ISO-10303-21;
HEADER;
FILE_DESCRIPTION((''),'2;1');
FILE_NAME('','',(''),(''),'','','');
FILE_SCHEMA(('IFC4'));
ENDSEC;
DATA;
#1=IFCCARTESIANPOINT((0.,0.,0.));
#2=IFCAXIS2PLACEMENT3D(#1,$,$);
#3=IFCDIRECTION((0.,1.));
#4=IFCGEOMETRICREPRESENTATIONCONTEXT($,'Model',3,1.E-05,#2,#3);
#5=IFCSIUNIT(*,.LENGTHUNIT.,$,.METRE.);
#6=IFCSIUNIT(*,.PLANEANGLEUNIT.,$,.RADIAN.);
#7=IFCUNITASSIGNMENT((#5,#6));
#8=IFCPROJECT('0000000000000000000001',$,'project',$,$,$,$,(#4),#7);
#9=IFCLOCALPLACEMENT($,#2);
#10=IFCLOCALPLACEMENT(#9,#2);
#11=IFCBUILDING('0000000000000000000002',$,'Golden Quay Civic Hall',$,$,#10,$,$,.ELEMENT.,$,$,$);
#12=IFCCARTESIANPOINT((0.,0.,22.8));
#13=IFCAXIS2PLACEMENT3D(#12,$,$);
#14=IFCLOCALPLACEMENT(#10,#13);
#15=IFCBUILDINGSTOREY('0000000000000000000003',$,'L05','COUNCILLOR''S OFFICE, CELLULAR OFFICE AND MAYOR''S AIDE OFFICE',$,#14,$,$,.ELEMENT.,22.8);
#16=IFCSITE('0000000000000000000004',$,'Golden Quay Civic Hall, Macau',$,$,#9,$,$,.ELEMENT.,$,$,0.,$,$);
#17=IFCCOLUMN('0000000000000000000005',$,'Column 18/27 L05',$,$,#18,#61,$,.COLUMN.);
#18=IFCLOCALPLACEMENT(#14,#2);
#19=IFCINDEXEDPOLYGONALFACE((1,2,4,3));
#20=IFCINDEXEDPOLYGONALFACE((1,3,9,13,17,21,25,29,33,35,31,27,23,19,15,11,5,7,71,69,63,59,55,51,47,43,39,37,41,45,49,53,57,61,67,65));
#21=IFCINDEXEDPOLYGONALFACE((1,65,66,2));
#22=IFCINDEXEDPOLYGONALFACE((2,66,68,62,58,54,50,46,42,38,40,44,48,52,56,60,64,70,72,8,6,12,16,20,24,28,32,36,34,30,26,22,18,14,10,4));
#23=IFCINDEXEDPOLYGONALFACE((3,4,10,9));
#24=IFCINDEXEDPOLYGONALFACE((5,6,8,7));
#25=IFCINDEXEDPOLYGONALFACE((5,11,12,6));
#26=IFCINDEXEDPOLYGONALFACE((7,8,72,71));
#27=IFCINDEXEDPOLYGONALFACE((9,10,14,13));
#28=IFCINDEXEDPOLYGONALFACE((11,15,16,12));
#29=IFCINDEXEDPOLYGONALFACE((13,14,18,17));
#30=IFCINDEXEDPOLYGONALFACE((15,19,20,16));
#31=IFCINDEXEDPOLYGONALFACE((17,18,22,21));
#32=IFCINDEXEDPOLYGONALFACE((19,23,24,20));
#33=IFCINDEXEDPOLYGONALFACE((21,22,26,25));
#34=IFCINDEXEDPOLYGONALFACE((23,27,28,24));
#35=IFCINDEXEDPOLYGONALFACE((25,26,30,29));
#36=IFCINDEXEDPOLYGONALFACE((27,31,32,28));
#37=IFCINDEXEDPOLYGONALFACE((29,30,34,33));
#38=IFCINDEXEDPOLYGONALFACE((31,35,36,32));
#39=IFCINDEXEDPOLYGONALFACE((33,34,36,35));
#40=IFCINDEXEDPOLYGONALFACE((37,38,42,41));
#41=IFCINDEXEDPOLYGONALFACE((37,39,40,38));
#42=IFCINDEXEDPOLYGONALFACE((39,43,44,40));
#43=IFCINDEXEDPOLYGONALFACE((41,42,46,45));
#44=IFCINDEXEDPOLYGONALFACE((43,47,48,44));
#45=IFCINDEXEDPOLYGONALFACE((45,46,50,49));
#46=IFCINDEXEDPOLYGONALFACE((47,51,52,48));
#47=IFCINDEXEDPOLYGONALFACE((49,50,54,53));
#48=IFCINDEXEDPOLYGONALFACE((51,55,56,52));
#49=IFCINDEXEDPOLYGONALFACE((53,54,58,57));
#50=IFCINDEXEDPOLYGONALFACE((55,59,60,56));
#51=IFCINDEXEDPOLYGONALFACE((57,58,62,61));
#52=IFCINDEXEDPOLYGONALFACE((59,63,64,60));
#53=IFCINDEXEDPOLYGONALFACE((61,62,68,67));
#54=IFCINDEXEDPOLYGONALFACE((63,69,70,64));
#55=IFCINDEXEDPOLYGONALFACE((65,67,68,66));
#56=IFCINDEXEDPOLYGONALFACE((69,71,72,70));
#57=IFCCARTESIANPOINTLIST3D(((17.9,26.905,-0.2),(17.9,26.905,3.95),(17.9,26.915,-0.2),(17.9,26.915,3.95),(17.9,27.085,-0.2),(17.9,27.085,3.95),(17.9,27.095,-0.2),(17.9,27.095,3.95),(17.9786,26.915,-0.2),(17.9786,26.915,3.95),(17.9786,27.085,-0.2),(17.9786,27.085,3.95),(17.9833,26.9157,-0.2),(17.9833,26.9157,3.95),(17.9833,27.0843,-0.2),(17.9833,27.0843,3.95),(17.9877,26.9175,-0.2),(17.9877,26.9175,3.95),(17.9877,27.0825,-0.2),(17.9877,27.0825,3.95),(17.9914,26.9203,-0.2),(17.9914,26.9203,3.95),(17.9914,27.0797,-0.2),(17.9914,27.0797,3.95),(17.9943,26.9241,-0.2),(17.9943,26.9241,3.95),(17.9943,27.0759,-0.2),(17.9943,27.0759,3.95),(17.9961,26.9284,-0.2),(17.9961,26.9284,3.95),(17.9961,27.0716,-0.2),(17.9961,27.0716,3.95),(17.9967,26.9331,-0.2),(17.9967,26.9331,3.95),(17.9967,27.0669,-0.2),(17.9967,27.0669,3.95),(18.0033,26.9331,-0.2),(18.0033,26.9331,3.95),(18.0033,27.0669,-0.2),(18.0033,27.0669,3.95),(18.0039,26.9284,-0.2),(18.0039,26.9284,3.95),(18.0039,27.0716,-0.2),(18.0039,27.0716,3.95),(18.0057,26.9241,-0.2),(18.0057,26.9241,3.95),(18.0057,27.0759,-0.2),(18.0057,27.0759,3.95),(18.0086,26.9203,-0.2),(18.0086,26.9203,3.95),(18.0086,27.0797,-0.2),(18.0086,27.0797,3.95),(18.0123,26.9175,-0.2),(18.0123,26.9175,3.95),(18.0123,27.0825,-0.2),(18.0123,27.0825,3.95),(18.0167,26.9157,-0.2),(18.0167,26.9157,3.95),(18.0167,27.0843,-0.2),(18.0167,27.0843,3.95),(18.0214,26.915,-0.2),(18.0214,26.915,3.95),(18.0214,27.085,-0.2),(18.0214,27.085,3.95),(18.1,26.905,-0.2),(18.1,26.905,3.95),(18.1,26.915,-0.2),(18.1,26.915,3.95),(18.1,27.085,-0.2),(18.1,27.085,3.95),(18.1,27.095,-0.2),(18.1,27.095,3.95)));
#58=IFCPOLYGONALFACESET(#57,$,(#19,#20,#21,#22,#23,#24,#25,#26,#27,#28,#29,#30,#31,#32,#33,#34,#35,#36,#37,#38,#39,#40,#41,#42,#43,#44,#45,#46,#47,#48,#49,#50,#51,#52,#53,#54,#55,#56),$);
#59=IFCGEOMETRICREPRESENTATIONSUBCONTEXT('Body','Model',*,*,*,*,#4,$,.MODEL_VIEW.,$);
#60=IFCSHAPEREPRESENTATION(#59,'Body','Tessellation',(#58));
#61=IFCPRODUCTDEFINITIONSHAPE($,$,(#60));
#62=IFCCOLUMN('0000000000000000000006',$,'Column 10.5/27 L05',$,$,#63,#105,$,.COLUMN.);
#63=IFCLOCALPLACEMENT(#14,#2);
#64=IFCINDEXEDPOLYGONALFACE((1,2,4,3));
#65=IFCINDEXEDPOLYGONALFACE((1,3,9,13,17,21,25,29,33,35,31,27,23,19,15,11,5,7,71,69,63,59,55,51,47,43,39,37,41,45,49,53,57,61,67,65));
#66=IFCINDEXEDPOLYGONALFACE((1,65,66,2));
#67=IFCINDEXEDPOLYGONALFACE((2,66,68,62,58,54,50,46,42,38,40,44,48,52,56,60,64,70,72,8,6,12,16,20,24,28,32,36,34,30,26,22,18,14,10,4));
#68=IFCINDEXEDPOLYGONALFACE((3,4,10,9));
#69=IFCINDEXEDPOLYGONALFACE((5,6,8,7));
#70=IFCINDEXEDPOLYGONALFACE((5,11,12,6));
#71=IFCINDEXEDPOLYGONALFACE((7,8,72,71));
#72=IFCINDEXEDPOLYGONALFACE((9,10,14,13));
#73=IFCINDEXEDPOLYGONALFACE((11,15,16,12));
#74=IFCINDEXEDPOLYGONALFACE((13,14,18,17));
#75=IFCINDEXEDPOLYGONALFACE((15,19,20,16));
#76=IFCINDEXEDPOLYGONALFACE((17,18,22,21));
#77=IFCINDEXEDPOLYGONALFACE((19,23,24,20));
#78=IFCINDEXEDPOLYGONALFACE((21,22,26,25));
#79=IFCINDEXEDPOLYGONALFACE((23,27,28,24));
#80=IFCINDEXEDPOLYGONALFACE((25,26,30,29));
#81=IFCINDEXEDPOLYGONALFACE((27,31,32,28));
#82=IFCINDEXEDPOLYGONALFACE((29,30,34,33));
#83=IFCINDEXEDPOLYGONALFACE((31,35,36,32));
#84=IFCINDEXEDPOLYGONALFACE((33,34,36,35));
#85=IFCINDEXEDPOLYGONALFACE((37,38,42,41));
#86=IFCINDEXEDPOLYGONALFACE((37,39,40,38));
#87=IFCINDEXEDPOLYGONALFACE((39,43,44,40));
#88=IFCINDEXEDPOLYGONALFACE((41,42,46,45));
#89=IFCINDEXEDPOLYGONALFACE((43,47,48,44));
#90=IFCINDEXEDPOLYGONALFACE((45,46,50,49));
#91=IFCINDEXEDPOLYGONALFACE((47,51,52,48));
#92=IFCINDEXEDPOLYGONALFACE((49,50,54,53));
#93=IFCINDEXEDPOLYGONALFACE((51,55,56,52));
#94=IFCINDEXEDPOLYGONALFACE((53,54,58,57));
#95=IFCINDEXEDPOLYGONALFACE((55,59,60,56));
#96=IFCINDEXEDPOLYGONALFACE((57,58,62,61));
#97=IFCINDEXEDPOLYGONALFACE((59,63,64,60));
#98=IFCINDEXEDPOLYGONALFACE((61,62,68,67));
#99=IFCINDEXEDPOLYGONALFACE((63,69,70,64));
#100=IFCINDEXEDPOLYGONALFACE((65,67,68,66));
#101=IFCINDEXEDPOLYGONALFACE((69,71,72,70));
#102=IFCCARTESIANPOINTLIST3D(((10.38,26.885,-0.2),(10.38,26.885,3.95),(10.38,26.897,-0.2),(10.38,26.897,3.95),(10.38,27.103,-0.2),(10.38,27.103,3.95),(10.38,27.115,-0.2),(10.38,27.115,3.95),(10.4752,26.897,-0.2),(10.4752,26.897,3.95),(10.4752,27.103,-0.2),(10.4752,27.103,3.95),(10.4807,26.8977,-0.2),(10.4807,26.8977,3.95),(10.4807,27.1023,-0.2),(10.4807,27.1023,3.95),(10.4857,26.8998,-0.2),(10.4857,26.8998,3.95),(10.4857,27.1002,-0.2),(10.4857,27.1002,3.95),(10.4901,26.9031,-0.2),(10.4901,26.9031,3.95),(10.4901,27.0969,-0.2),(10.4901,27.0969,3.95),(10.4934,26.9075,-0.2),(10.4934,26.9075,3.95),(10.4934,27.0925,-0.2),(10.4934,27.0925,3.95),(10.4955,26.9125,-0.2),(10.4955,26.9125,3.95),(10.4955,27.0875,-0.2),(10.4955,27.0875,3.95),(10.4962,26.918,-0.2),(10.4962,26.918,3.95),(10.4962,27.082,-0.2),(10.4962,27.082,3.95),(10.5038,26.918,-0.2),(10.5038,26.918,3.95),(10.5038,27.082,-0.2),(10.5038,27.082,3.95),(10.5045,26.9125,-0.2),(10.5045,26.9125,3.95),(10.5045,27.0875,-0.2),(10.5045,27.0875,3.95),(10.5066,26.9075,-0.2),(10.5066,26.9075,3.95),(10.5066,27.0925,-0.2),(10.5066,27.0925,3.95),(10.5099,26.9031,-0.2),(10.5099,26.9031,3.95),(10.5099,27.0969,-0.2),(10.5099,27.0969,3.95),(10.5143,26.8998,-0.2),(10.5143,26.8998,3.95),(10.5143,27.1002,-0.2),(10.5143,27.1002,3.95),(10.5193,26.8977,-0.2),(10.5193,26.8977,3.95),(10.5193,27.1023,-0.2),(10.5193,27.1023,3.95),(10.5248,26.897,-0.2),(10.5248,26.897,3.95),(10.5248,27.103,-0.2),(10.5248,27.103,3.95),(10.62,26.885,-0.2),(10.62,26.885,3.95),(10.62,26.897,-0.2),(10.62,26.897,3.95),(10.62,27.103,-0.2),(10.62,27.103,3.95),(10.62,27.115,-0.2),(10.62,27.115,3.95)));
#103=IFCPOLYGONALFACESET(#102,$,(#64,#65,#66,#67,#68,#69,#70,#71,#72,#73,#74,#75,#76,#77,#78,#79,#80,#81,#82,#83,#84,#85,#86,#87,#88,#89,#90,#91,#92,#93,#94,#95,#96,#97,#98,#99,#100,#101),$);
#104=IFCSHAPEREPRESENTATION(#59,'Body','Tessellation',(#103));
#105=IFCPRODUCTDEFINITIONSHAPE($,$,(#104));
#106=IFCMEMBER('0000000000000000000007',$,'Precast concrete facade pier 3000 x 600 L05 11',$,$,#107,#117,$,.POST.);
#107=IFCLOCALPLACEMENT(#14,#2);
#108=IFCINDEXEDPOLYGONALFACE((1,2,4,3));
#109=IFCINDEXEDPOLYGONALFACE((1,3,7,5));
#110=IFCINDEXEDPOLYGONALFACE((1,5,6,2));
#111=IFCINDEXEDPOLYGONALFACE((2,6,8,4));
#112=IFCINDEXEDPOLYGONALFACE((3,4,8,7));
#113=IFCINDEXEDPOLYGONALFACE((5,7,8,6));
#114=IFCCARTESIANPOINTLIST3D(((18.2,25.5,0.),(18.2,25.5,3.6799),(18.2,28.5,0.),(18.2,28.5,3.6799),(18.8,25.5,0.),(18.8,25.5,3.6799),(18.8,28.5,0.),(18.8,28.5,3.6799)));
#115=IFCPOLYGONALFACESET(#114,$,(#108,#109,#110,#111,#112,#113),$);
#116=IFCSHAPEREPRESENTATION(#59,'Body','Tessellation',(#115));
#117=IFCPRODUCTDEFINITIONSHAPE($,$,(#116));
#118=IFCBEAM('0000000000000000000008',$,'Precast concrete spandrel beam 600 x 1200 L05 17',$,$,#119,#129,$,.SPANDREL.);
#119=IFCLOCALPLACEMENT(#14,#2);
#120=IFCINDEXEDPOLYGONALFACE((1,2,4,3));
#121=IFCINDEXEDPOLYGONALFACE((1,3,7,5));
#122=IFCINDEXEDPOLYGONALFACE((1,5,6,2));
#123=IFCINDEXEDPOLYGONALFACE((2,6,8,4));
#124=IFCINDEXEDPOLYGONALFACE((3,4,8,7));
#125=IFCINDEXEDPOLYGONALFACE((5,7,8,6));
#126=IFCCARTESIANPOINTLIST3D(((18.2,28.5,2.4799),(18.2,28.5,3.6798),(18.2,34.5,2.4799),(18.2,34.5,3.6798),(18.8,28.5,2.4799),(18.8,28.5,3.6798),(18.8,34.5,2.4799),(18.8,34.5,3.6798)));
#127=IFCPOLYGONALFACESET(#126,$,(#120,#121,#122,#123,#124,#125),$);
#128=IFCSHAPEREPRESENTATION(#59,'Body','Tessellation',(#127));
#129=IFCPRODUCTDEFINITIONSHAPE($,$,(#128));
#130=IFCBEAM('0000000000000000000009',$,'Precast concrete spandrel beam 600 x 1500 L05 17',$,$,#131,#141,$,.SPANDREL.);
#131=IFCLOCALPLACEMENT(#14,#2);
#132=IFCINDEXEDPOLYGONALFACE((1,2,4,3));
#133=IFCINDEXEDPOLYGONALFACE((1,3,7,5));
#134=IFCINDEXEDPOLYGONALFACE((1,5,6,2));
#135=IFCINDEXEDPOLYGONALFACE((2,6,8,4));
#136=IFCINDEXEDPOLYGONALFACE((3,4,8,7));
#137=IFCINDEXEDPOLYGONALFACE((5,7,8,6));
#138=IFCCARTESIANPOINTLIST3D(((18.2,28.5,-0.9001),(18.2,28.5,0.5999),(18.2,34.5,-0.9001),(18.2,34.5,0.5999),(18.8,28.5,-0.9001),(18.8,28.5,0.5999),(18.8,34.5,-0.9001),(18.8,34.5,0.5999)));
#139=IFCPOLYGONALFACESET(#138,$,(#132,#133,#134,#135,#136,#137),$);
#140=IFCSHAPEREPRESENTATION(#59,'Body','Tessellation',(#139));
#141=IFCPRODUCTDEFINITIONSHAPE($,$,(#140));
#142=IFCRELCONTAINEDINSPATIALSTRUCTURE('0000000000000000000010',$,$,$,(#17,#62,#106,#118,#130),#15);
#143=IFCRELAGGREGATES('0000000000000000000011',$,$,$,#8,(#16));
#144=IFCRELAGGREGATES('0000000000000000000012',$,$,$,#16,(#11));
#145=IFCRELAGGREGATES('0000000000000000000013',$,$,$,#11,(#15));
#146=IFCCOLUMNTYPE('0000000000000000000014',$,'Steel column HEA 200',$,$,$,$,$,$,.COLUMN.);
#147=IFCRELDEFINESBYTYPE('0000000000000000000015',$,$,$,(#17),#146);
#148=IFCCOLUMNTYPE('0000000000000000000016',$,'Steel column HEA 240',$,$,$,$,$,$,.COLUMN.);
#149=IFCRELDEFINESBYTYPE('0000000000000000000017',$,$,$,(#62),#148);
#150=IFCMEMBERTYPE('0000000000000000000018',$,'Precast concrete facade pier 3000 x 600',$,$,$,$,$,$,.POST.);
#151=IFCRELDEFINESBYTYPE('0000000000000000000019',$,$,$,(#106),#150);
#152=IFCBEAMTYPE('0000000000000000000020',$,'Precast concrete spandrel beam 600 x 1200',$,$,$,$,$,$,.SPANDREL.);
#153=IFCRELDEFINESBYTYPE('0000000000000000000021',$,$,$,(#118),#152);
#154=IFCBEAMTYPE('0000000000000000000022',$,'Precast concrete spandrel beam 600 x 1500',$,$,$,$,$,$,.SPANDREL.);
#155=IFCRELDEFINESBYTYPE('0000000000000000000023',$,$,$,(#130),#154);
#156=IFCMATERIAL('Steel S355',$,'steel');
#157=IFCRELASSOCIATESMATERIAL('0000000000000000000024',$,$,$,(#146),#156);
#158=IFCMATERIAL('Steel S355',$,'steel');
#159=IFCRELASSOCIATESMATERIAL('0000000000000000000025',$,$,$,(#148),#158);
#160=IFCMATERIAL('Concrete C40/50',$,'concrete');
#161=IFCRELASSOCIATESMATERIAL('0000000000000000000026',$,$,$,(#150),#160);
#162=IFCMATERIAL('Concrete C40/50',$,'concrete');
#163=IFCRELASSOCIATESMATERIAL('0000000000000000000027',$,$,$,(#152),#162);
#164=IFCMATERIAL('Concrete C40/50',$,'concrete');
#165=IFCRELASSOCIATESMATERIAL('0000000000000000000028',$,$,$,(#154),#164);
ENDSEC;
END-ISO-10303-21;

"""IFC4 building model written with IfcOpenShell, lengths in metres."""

from ifc_helpers import new_model, si_unit, direction, frame, origin, origin_2d, place, context, subcontext, project, spatial, rectangle, i_section, extrude, material, material_profile, profile_set, type_object, element, save


model = new_model("IFC4")

# Units and contexts
model_context = context("Model", 3, precision=1e-05, world=origin(), true_north=direction((0.0, 1.0)))
body_context = subcontext(model_context, "Body", "Model", "MODEL_VIEW")
ifc_project = project(units=[si_unit("LENGTHUNIT", "METRE"), si_unit("PLANEANGLEUNIT", "RADIAN")], contexts=[model_context])

# Site, building, storey
site_placement = place(None, origin())
site = spatial("IfcSite", under=ifc_project, at=site_placement, Name="Golden Quay Civic Hall, Macau", CompositionType="ELEMENT", RefElevation=0.0)
building_placement = place(site_placement, origin())
building = spatial("IfcBuilding", under=site, at=building_placement, Name="Golden Quay Civic Hall", CompositionType="ELEMENT")
storey_placement = place(building_placement, frame((0.0, 0.0, 22.8)))
storey = spatial("IfcBuildingStorey", under=building, at=storey_placement, Name="L05", Description="COUNCILLOR'S OFFICE, CELLULAR OFFICE AND MAYOR'S AIDE OFFICE", CompositionType="ELEMENT", Elevation=22.8)

# Columns
ifc_material_1 = material(Name="Steel S355", Category="steel")
ifc_material_profile_1 = material_profile(ifc_material_1, i_section(OverallWidth=0.2, OverallDepth=0.1899, WebThickness=0.0066, FlangeThickness=0.01, FilletRadius=0.0181, at=origin_2d()), Name="HEA 200")
ifc_profile_set_1 = profile_set([ifc_material_profile_1], Name="Steel S355")
column_type_1 = type_object("IfcColumnType", Name="Steel column HEA 200", PredefinedType="COLUMN", material=ifc_profile_set_1)
column_1_placement = place(storey_placement, frame((18.0, 27.0, -0.2), z_axis=(0.0, 0.0, 1.0), x_axis=(1.0, 0.0, 0.0)))
element("IfcColumn", 1, at=column_1_placement, inside=storey, type_object=column_type_1, Name="Column 18/27 L05", PredefinedType="COLUMN", context=body_context, shape_type="SweptSolid", body=[
    extrude(i_section(OverallWidth=0.2, OverallDepth=0.1899, WebThickness=0.0066, FlangeThickness=0.01, FilletRadius=0.0181, at=origin_2d()), origin(), (0.0, 0.0, 1.0), 4.1499),
])
ifc_material_2 = material(Name="Steel S355", Category="steel")
ifc_material_profile_2 = material_profile(ifc_material_2, i_section(OverallWidth=0.24, OverallDepth=0.23, WebThickness=0.0076, FlangeThickness=0.012, FilletRadius=0.021, at=origin_2d()), Name="HEA 240")
ifc_profile_set_2 = profile_set([ifc_material_profile_2], Name="Steel S355")
column_type_2 = type_object("IfcColumnType", Name="Steel column HEA 240", PredefinedType="COLUMN", material=ifc_profile_set_2)
column_2_placement = place(storey_placement, frame((10.5, 27.0, -0.2), z_axis=(0.0, 0.0, 1.0), x_axis=(1.0, 0.0, 0.0)))
element("IfcColumn", 2, at=column_2_placement, inside=storey, type_object=column_type_2, Name="Column 10.5/27 L05", PredefinedType="COLUMN", context=body_context, shape_type="SweptSolid", body=[
    extrude(i_section(OverallWidth=0.24, OverallDepth=0.23, WebThickness=0.0076, FlangeThickness=0.012, FilletRadius=0.021, at=origin_2d()), origin(), (0.0, 0.0, 1.0), 4.1499),
])

# Member
ifc_material_3 = material(Name="Concrete C40/50", Category="concrete")
ifc_material_profile_3 = material_profile(ifc_material_3, rectangle(XDim=3.0, YDim=0.6001, at=origin_2d()), Name="RC 3000x600")
ifc_profile_set_3 = profile_set([ifc_material_profile_3], Name="Concrete C40/50")
member_type = type_object("IfcMemberType", Name="Precast concrete facade pier 3000 x 600", PredefinedType="POST", material=ifc_profile_set_3)
member_placement = place(storey_placement, frame((18.5, 27.0, 0.0), z_axis=(0.0, 0.0, 1.0), x_axis=(0.0, 1.0, 0.0)))
element("IfcMember", 3, at=member_placement, inside=storey, type_object=member_type, Name="Precast concrete facade pier 3000 x 600 L05 11", PredefinedType="POST", context=body_context, shape_type="SweptSolid", body=[
    extrude(rectangle(XDim=3.0, YDim=0.6001, at=origin_2d()), origin(), (0.0, 0.0, 1.0), 3.6799),
])

# Beams
ifc_material_4 = material(Name="Concrete C40/50", Category="concrete")
ifc_material_profile_4 = material_profile(ifc_material_4, rectangle(XDim=0.6001, YDim=1.2, at=origin_2d()), Name="RC 600x1200")
ifc_profile_set_4 = profile_set([ifc_material_profile_4], Name="Concrete C40/50")
beam_type_1 = type_object("IfcBeamType", Name="Precast concrete spandrel beam 600 x 1200", PredefinedType="SPANDREL", material=ifc_profile_set_4)
beam_1_placement = place(storey_placement, frame((18.5, 28.5, 3.0798), z_axis=(0.0, 1.0, 0.0), x_axis=(-1.0, 0.0, 0.0)))
element("IfcBeam", 4, at=beam_1_placement, inside=storey, type_object=beam_type_1, Name="Precast concrete spandrel beam 600 x 1200 L05 17", PredefinedType="SPANDREL", context=body_context, shape_type="SweptSolid", body=[
    extrude(rectangle(XDim=0.6001, YDim=1.2, at=origin_2d()), origin(), (0.0, 0.0, 1.0), 6.0),
])
ifc_material_5 = material(Name="Concrete C40/50", Category="concrete")
ifc_material_profile_5 = material_profile(ifc_material_5, rectangle(XDim=0.6001, YDim=1.5, at=origin_2d()), Name="RC 600x1500")
ifc_profile_set_5 = profile_set([ifc_material_profile_5], Name="Concrete C40/50")
beam_type_2 = type_object("IfcBeamType", Name="Precast concrete spandrel beam 600 x 1500", PredefinedType="SPANDREL", material=ifc_profile_set_5)
beam_2_placement = place(storey_placement, frame((18.5, 28.5, -0.1501), z_axis=(0.0, 1.0, 0.0), x_axis=(-1.0, 0.0, 0.0)))
element("IfcBeam", 5, at=beam_2_placement, inside=storey, type_object=beam_type_2, Name="Precast concrete spandrel beam 600 x 1500 L05 17", PredefinedType="SPANDREL", context=body_context, shape_type="SweptSolid", body=[
    extrude(rectangle(XDim=0.6001, YDim=1.5, at=origin_2d()), origin(), (0.0, 0.0, 1.0), 6.0),
])

save(model, "model.ifc")
